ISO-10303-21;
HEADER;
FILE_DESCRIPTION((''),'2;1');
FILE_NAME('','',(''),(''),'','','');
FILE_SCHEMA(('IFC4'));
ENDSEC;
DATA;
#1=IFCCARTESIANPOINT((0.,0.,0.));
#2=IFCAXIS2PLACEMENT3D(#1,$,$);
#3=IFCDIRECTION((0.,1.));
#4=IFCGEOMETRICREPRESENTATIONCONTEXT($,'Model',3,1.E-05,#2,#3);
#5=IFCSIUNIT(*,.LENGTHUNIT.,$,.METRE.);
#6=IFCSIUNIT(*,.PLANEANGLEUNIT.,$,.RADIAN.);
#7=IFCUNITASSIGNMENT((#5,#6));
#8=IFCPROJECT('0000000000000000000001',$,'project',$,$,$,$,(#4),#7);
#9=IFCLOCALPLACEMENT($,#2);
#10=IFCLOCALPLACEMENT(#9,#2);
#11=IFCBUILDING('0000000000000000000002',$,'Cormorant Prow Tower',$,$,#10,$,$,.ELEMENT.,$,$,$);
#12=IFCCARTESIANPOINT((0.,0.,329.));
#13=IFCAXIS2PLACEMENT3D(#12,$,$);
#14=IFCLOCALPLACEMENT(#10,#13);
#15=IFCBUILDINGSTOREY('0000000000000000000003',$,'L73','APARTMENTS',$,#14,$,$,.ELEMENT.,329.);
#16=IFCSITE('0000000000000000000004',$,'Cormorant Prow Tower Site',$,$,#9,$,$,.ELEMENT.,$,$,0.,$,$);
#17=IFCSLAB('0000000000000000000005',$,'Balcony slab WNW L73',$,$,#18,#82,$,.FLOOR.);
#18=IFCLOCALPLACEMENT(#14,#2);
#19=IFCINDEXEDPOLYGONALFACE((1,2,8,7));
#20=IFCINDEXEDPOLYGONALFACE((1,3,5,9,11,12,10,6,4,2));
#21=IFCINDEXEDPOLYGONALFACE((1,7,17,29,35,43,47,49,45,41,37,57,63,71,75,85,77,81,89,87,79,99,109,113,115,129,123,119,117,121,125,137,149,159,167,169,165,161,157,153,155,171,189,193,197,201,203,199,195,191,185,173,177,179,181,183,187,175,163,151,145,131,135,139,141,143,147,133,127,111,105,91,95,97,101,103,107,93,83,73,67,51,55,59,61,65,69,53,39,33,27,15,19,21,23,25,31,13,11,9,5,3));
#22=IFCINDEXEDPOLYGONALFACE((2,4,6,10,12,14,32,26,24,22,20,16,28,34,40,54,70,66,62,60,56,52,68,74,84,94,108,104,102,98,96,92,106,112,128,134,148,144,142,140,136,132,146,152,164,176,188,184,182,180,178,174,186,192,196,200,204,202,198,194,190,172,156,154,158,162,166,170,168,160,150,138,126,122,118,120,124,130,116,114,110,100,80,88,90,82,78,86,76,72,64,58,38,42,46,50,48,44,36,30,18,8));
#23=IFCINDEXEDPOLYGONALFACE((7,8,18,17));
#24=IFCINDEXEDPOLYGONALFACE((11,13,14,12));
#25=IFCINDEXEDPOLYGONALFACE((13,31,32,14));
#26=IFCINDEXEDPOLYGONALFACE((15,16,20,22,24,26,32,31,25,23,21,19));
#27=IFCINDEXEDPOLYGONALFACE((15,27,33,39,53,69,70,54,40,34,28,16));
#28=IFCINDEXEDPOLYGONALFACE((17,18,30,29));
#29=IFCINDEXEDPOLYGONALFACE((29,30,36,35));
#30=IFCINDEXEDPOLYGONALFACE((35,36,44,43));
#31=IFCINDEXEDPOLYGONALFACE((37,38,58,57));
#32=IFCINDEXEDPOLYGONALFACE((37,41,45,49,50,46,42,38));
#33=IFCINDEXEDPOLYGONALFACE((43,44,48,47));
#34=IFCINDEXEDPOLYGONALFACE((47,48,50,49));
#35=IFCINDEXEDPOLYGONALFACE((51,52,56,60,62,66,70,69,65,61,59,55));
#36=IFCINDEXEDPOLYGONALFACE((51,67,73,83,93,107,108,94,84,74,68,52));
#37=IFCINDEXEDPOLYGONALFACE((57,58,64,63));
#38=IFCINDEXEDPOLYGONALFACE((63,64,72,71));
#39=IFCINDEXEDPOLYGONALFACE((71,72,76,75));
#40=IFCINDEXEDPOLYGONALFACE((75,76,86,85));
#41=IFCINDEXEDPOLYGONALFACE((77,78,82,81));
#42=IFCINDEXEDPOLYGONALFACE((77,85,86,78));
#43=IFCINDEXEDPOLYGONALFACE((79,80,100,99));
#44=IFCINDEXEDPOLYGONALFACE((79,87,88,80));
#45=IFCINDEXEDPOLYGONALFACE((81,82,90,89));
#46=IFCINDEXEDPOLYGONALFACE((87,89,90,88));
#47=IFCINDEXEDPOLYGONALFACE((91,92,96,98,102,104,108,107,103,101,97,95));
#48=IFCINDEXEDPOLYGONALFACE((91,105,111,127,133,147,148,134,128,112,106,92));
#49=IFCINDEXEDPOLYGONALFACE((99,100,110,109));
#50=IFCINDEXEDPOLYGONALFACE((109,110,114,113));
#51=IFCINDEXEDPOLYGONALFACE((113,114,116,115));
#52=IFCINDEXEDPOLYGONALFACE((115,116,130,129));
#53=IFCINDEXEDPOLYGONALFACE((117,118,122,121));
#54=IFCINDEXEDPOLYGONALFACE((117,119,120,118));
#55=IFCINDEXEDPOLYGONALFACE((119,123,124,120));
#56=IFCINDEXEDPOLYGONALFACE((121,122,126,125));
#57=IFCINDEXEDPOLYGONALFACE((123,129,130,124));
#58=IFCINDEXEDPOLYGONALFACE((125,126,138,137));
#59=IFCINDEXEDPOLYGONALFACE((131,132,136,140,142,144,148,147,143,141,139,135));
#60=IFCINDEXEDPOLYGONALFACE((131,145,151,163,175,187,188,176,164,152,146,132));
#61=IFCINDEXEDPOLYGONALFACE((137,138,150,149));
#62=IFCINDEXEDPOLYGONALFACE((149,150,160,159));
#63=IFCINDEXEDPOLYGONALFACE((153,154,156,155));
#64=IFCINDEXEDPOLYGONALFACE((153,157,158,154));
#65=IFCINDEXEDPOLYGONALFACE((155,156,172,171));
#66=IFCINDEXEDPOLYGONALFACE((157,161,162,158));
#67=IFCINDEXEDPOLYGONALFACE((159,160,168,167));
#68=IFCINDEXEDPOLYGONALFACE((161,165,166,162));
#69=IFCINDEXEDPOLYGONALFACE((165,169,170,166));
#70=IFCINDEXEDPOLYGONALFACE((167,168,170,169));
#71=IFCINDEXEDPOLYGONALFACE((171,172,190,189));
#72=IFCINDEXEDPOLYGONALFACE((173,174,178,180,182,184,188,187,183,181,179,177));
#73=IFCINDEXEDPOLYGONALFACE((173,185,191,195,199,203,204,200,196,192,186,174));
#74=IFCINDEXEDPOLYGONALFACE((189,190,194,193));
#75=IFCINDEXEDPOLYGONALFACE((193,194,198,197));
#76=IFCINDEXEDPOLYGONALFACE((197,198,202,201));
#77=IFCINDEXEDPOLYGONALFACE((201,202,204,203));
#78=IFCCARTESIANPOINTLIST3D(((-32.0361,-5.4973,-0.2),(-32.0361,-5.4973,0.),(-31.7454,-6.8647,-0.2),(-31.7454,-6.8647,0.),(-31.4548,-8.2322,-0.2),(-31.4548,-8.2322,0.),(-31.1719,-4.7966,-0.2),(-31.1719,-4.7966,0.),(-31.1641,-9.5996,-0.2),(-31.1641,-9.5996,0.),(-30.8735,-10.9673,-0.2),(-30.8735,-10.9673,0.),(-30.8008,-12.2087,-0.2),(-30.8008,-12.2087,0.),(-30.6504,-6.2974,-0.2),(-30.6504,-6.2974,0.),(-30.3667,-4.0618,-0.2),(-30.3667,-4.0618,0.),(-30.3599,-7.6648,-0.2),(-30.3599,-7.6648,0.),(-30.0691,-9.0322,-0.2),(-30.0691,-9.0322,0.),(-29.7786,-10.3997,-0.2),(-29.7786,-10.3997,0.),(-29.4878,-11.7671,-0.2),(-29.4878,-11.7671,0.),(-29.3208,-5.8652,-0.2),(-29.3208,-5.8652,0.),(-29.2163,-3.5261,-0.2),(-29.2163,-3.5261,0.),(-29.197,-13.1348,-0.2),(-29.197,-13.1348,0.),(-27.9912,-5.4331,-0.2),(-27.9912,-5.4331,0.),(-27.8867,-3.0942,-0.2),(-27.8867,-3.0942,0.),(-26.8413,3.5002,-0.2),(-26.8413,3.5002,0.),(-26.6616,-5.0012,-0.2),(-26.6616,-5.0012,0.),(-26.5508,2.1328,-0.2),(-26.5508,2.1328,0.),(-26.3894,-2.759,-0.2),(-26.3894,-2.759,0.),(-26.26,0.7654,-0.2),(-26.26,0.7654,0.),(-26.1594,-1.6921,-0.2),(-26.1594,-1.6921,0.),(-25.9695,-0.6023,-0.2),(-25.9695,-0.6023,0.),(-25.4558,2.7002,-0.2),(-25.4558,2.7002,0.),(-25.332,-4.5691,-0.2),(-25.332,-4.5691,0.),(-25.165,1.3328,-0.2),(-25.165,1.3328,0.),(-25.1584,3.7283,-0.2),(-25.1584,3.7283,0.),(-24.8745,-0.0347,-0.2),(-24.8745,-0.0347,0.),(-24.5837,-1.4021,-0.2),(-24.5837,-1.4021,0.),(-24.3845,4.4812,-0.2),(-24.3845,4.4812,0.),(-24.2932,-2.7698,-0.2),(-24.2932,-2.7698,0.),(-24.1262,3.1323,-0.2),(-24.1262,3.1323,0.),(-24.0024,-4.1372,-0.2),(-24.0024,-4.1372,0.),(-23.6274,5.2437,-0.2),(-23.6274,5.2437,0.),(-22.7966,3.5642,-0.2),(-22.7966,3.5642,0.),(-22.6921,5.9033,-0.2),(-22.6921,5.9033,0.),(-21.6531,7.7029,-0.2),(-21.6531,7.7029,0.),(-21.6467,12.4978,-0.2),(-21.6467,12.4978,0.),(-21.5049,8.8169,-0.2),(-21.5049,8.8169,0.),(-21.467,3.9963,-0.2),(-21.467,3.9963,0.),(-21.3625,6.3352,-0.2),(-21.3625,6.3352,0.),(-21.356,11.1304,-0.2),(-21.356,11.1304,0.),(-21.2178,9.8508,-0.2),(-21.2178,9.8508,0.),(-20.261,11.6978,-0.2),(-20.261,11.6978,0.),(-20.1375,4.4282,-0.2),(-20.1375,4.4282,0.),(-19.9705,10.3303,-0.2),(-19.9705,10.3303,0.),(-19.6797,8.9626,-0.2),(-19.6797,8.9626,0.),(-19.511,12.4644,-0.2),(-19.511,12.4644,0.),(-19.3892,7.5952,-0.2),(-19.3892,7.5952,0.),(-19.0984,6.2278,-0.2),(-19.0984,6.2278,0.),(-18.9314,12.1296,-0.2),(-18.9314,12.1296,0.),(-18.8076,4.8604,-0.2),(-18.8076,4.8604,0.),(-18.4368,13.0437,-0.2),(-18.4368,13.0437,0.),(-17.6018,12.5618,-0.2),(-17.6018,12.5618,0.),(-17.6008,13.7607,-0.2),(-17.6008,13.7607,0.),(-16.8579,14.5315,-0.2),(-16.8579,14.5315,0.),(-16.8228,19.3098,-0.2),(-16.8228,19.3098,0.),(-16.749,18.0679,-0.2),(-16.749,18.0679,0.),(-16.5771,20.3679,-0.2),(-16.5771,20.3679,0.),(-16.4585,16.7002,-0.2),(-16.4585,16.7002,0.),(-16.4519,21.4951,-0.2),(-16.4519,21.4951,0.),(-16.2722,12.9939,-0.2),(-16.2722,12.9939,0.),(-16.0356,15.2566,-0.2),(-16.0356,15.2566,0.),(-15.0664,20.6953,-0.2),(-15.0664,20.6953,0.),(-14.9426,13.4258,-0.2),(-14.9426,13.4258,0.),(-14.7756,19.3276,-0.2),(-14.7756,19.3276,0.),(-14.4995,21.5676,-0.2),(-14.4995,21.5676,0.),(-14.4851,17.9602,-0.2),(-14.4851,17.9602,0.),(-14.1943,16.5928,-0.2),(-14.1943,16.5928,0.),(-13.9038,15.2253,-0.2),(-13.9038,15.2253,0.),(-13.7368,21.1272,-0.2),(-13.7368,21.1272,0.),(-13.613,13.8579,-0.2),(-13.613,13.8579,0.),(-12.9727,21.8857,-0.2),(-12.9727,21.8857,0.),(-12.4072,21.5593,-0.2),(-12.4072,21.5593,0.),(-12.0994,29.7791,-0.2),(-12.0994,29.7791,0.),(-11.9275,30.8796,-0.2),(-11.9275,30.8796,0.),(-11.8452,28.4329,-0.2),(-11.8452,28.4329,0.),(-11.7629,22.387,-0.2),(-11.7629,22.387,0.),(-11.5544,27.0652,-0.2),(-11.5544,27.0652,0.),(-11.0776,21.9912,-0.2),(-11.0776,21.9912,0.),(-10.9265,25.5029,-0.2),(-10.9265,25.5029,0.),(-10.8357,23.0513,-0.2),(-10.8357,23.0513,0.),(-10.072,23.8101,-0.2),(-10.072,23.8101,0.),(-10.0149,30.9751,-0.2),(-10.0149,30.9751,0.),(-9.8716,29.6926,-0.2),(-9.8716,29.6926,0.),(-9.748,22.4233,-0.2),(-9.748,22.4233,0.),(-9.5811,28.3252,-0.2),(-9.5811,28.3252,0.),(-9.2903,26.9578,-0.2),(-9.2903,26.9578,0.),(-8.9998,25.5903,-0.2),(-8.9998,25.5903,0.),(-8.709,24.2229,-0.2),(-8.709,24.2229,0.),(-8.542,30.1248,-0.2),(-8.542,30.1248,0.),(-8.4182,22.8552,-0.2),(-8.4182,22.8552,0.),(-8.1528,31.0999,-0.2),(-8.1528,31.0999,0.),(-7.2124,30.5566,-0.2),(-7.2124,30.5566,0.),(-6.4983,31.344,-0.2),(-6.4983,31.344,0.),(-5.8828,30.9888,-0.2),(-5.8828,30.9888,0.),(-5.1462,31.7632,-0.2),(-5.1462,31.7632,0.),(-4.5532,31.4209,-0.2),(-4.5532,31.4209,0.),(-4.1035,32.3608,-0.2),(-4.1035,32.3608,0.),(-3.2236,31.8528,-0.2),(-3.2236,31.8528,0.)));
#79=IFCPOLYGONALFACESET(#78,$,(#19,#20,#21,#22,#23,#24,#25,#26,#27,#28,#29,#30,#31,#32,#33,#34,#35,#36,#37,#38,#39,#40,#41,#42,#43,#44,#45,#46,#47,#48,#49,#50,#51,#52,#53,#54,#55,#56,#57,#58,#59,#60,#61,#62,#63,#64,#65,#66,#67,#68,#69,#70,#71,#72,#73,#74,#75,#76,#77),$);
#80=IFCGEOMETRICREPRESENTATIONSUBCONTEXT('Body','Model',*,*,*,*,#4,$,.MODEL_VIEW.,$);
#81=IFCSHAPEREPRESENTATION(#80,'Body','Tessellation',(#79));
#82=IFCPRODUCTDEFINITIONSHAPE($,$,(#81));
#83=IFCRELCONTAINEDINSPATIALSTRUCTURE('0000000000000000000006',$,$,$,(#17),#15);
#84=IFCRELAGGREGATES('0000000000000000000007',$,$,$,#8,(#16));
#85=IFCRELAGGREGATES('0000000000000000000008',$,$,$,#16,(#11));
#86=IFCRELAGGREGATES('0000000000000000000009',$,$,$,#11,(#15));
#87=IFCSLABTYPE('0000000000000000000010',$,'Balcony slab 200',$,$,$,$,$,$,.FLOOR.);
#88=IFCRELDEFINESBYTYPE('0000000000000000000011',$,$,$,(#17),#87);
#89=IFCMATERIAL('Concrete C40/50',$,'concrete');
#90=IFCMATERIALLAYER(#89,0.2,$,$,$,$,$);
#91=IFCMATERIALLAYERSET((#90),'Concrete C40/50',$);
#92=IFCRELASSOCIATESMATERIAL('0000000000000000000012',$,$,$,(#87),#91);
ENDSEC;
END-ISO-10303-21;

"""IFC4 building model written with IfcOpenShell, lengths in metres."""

from ifc_helpers import new_model, si_unit, direction, frame, origin, place, context, subcontext, project, spatial, polyline, outline, extrude, material, layer, layer_set, type_object, element, save


model = new_model("IFC4")

# Units and contexts
model_context = context("Model", 3, precision=1e-05, world=origin(), true_north=direction((0.0, 1.0)))
body_context = subcontext(model_context, "Body", "Model", "MODEL_VIEW")
ifc_project = project(units=[si_unit("LENGTHUNIT", "METRE"), si_unit("PLANEANGLEUNIT", "RADIAN")], contexts=[model_context])

# Site, building, storey
site_placement = place(None, origin())
site = spatial("IfcSite", under=ifc_project, at=site_placement, Name="Cormorant Prow Tower Site", CompositionType="ELEMENT", RefElevation=0.0)
building_placement = place(site_placement, origin())
building = spatial("IfcBuilding", under=site, at=building_placement, Name="Cormorant Prow Tower", CompositionType="ELEMENT")
storey_placement = place(building_placement, frame((0.0, 0.0, 329.0)))
storey = spatial("IfcBuildingStorey", under=building, at=storey_placement, Name="L73", Description="APARTMENTS", CompositionType="ELEMENT", Elevation=329.0)

# Slab
ifc_material_1 = material(Name="Concrete C40/50", Category="concrete")
ifc_layer_1 = layer(ifc_material_1, 0.2)
ifc_layer_set_1 = layer_set([ifc_layer_1], Name="Concrete C40/50")
slab_type_1 = type_object("IfcSlabType", Name="Balcony slab 200", PredefinedType="FLOOR", material=ifc_layer_set_1)
slab_1_placement = place(storey_placement, frame((0.0, 0.0, -0.2)))
element("IfcSlab", 1, at=slab_1_placement, inside=storey, type_object=slab_type_1, Name="Balcony slab WNW L73", PredefinedType="FLOOR", context=body_context, shape_type="SweptSolid", body=[
    extrude(outline(polyline([(-3.2236, 31.8528), (-4.1035, 32.3608), (-5.1462, 31.7632), (-6.4983, 31.344), (-8.1528, 31.0999), (-10.0149, 30.9751), (-11.9275, 30.8796), (-12.0994, 29.7791), (-11.8452, 28.4329), (-11.5544, 27.0652), (-10.9265, 25.5029), (-10.072, 23.8101), (-10.8357, 23.0513), (-11.7629, 22.387), (-12.9727, 21.8857), (-14.4995, 21.5676), (-16.4519, 21.4951), (-16.5771, 20.3679), (-16.8228, 19.3098), (-16.749, 18.0679), (-16.4585, 16.7002), (-16.0356, 15.2566), (-16.8579, 14.5315), (-17.6008, 13.7607), (-18.4368, 13.0437), (-19.511, 12.4644), (-21.6467, 12.4978), (-21.356, 11.1304), (-21.2178, 9.8508), (-21.5049, 8.8169), (-21.6531, 7.7029), (-21.3625, 6.3352), (-22.6921, 5.9033), (-23.6274, 5.2437), (-24.3845, 4.4812), (-25.1584, 3.7283), (-26.8413, 3.5002), (-26.5508, 2.1328), (-26.26, 0.7654), (-25.9695, -0.6023), (-26.1594, -1.6921), (-26.3894, -2.759), (-27.8867, -3.0942), (-29.2163, -3.5261), (-30.3667, -4.0618), (-31.1719, -4.7966), (-32.0361, -5.4973), (-31.7454, -6.8647), (-31.4548, -8.2322), (-31.1641, -9.5996), (-30.8735, -10.9673), (-30.8008, -12.2087), (-29.197, -13.1348), (-29.4878, -11.7671), (-29.7786, -10.3997), (-30.0691, -9.0322), (-30.3599, -7.6648), (-30.6504, -6.2974), (-29.3208, -5.8652), (-27.9912, -5.4331), (-26.6616, -5.0012), (-25.332, -4.5691), (-24.0024, -4.1372), (-24.2932, -2.7698), (-24.5837, -1.4021), (-24.8745, -0.0347), (-25.165, 1.3328), (-25.4558, 2.7002), (-24.1262, 3.1323), (-22.7966, 3.5642), (-21.467, 3.9963), (-20.1375, 4.4282), (-18.8076, 4.8604), (-19.0984, 6.2278), (-19.3892, 7.5952), (-19.6797, 8.9626), (-19.9705, 10.3303), (-20.261, 11.6978), (-18.9314, 12.1296), (-17.6018, 12.5618), (-16.2722, 12.9939), (-14.9426, 13.4258), (-13.613, 13.8579), (-13.9038, 15.2253), (-14.1943, 16.5928), (-14.4851, 17.9602), (-14.7756, 19.3276), (-15.0664, 20.6953), (-13.7368, 21.1272), (-12.4072, 21.5593), (-11.0776, 21.9912), (-9.748, 22.4233), (-8.4182, 22.8552), (-8.709, 24.2229), (-8.9998, 25.5903), (-9.2903, 26.9578), (-9.5811, 28.3252), (-9.8716, 29.6926), (-8.542, 30.1248), (-7.2124, 30.5566), (-5.8828, 30.9888), (-4.5532, 31.4209), (-3.2236, 31.8528)])), origin(), (0.0, 0.0, 1.0), 0.2),
])

save(model, "model.ifc")
